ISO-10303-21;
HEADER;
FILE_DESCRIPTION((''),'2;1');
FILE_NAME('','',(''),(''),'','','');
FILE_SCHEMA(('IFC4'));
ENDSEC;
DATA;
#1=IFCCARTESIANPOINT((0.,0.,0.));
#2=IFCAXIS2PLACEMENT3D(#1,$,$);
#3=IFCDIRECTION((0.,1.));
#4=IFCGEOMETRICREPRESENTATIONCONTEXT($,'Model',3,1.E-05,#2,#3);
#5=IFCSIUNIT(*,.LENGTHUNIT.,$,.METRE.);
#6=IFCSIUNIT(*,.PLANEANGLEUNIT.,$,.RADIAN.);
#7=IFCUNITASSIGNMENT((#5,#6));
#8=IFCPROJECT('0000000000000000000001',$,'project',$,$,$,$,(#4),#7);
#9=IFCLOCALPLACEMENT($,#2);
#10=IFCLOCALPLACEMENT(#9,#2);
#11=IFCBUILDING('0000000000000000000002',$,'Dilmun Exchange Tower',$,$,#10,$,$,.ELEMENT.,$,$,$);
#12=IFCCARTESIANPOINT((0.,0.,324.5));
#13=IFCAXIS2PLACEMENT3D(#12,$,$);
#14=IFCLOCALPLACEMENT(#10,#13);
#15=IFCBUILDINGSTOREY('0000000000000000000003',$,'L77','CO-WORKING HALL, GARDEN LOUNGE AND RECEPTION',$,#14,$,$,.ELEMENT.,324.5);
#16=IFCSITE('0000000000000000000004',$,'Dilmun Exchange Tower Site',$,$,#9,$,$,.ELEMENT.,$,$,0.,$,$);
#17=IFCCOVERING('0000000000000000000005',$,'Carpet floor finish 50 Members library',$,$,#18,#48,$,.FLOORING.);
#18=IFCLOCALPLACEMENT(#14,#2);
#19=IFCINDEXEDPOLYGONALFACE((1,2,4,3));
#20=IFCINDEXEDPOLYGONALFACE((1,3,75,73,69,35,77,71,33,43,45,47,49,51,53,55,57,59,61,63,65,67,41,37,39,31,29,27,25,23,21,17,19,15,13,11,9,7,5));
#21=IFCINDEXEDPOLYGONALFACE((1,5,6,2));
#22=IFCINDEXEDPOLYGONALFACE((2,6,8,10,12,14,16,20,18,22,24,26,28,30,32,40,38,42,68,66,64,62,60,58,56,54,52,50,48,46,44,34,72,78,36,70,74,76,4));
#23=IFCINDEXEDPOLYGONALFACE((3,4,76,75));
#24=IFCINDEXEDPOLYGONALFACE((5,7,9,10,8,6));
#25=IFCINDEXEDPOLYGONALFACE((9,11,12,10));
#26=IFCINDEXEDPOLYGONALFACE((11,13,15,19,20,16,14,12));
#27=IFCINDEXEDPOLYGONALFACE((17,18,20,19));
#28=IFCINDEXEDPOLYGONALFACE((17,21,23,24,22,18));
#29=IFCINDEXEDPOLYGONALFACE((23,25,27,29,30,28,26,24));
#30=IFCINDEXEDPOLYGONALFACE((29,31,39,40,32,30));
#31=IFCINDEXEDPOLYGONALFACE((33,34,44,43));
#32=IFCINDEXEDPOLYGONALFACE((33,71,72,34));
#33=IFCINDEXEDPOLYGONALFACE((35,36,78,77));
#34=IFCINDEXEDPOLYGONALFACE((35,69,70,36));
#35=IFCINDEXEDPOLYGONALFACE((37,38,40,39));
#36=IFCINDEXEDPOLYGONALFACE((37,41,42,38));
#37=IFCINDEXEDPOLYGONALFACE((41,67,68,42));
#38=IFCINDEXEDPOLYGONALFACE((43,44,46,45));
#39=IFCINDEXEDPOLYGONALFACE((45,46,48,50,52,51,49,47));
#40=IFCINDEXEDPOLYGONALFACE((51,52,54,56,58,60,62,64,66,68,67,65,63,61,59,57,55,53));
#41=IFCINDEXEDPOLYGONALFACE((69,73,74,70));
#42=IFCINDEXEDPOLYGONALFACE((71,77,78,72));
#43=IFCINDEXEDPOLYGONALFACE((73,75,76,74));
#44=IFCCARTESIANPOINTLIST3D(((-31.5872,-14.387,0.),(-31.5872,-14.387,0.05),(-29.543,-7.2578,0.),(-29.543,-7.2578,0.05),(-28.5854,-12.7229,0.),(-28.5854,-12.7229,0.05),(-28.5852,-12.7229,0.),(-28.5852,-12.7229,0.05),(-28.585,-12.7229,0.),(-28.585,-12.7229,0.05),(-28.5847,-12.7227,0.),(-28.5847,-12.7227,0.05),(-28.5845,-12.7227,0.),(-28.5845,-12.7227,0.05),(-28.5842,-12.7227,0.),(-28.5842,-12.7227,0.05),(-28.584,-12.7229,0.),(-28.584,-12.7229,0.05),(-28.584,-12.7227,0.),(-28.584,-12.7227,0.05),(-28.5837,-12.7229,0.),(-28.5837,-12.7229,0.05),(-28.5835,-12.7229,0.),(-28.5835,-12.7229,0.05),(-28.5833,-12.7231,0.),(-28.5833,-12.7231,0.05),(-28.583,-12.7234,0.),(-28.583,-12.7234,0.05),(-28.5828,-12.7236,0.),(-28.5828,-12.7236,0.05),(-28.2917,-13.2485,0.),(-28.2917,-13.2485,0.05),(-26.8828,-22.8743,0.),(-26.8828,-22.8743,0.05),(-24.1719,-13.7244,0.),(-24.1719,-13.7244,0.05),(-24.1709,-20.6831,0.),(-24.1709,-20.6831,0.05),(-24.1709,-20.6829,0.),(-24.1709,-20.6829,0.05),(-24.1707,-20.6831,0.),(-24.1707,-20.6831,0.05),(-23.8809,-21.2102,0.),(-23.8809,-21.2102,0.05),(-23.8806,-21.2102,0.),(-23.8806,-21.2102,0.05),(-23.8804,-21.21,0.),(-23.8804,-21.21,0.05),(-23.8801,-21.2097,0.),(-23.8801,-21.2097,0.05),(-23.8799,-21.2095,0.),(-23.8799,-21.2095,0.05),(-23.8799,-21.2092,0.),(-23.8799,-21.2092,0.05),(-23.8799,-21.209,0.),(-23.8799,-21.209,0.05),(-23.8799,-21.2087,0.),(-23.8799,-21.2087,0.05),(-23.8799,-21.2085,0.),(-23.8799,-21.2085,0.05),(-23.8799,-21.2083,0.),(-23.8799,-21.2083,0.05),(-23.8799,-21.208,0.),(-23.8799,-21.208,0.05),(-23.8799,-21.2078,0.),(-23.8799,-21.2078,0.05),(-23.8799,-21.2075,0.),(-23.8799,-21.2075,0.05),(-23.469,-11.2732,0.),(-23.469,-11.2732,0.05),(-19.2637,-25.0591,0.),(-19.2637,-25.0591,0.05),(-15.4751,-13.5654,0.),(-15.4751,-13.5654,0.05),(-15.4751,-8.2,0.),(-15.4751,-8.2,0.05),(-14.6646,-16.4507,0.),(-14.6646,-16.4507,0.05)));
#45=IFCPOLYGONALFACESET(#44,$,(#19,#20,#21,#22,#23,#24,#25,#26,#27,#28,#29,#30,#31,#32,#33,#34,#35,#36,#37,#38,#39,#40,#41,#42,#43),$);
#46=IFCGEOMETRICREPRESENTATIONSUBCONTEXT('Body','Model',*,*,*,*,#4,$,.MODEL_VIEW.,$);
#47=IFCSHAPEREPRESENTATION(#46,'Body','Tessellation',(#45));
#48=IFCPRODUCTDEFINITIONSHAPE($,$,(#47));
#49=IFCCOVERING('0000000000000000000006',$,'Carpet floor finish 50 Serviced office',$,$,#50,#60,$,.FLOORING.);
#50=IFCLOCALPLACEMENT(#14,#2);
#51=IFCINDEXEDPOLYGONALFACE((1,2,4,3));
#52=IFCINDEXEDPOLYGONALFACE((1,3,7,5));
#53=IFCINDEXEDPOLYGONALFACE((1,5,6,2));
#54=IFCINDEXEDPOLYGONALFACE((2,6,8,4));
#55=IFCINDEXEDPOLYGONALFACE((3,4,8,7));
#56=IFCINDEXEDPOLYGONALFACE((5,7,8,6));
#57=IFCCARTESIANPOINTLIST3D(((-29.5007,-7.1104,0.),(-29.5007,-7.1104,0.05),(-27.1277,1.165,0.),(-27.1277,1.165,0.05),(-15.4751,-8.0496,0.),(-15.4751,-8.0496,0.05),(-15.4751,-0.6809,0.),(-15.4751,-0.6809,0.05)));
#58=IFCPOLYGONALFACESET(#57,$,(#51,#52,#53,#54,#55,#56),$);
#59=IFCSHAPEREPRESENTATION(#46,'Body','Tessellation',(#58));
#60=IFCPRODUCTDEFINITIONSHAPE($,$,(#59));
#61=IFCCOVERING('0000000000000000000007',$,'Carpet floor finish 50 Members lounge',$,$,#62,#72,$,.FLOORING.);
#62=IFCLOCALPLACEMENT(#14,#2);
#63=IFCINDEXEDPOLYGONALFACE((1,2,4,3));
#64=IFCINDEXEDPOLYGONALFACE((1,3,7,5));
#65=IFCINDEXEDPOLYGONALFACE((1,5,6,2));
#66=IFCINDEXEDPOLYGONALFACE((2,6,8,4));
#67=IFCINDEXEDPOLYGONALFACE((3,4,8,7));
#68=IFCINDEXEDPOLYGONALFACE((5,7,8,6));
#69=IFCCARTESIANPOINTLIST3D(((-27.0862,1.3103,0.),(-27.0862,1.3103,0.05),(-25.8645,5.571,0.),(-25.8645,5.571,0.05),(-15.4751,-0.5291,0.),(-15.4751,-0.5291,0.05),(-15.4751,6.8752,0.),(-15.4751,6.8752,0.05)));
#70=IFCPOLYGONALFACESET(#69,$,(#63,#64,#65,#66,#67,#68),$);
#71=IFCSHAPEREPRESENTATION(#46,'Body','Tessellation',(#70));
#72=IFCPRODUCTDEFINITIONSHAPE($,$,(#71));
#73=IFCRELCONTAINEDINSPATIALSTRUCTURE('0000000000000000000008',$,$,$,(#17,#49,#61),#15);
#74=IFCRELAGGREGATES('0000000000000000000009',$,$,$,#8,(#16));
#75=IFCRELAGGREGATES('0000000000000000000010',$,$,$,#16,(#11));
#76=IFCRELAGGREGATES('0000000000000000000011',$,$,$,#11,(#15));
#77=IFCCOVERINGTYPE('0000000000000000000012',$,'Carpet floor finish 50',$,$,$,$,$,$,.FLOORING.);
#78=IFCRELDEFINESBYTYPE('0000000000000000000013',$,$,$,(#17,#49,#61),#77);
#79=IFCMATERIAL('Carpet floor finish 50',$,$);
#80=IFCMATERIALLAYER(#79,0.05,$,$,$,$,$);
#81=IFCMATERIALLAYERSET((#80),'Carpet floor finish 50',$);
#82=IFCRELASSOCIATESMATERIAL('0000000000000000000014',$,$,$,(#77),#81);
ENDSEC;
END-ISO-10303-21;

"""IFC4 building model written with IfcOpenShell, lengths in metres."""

from ifc_helpers import new_model, si_unit, direction, frame, origin, place, context, subcontext, project, spatial, polyline, outline, extrude, material, layer, layer_set, type_object, element, save


model = new_model("IFC4")

# Units and contexts
model_context = context("Model", 3, precision=1e-05, world=origin(), true_north=direction((0.0, 1.0)))
body_context = subcontext(model_context, "Body", "Model", "MODEL_VIEW")
ifc_project = project(units=[si_unit("LENGTHUNIT", "METRE"), si_unit("PLANEANGLEUNIT", "RADIAN")], contexts=[model_context])

# Site, building, storey
site_placement = place(None, origin())
site = spatial("IfcSite", under=ifc_project, at=site_placement, Name="Dilmun Exchange Tower Site", CompositionType="ELEMENT", RefElevation=0.0)
building_placement = place(site_placement, origin())
building = spatial("IfcBuilding", under=site, at=building_placement, Name="Dilmun Exchange Tower", CompositionType="ELEMENT")
storey_placement = place(building_placement, frame((0.0, 0.0, 324.5)))
storey = spatial("IfcBuildingStorey", under=building, at=storey_placement, Name="L77", Description="CO-WORKING HALL, GARDEN LOUNGE AND RECEPTION", CompositionType="ELEMENT", Elevation=324.5)

# Coverings
ifc_material_1 = material(Name="Carpet floor finish 50")
ifc_layer_1 = layer(ifc_material_1, 0.05)
ifc_layer_set_1 = layer_set([ifc_layer_1], Name="Carpet floor finish 50")
covering_type_1 = type_object("IfcCoveringType", Name="Carpet floor finish 50", PredefinedType="FLOORING", material=ifc_layer_set_1)
covering_1_placement = place(storey_placement, origin())
element("IfcCovering", 1, at=covering_1_placement, inside=storey, type_object=covering_type_1, Name="Carpet floor finish 50 Members library", PredefinedType="FLOORING", context=body_context, shape_type="SweptSolid", body=[
    extrude(outline(polyline([(-15.4751, -8.2), (-15.4751, -13.5654), (-23.469, -11.2732), (-24.1719, -13.7244), (-14.6646, -16.4507), (-19.2637, -25.0591), (-26.8828, -22.8743), (-23.8809, -21.2102), (-23.8806, -21.2102), (-23.8806, -21.2102), (-23.8804, -21.21), (-23.8801, -21.2097), (-23.8801, -21.2097), (-23.8799, -21.2095), (-23.8799, -21.2092), (-23.8799, -21.209), (-23.8799, -21.209), (-23.8799, -21.2087), (-23.8799, -21.2085), (-23.8799, -21.2085), (-23.8799, -21.2083), (-23.8799, -21.208), (-23.8799, -21.2078), (-23.8799, -21.2075), (-24.1707, -20.6831), (-24.1707, -20.6831), (-24.1709, -20.6831), (-24.1709, -20.6829), (-28.2917, -13.2485), (-28.2917, -13.2485), (-28.2917, -13.2485), (-28.5828, -12.7236), (-28.5828, -12.7236), (-28.583, -12.7234), (-28.583, -12.7234), (-28.5833, -12.7231), (-28.5835, -12.7229), (-28.5835, -12.7229), (-28.5837, -12.7229), (-28.584, -12.7229), (-28.584, -12.7227), (-28.5842, -12.7227), (-28.5845, -12.7227), (-28.5847, -12.7227), (-28.585, -12.7229), (-28.5852, -12.7229), (-28.5852, -12.7229), (-28.5854, -12.7229), (-31.5872, -14.387), (-29.543, -7.2578), (-15.4751, -8.2)])), origin(), (0.0, 0.0, 1.0), 0.05),
])
covering_2_placement = place(storey_placement, origin())
element("IfcCovering", 2, at=covering_2_placement, inside=storey, type_object=covering_type_1, Name="Carpet floor finish 50 Serviced office", PredefinedType="FLOORING", context=body_context, shape_type="SweptSolid", body=[
    extrude(outline(polyline([(-29.5007, -7.1104), (-27.1277, 1.165), (-15.4751, -0.6809), (-15.4751, -8.0496), (-29.5007, -7.1104)])), origin(), (0.0, 0.0, 1.0), 0.05),
])
covering_3_placement = place(storey_placement, origin())
element("IfcCovering", 3, at=covering_3_placement, inside=storey, type_object=covering_type_1, Name="Carpet floor finish 50 Members lounge", PredefinedType="FLOORING", context=body_context, shape_type="SweptSolid", body=[
    extrude(outline(polyline([(-15.4751, 6.8752), (-15.4751, -0.5291), (-27.0862, 1.3103), (-25.8645, 5.571), (-15.4751, 6.8752)])), origin(), (0.0, 0.0, 1.0), 0.05),
])

save(model, "model.ifc")
